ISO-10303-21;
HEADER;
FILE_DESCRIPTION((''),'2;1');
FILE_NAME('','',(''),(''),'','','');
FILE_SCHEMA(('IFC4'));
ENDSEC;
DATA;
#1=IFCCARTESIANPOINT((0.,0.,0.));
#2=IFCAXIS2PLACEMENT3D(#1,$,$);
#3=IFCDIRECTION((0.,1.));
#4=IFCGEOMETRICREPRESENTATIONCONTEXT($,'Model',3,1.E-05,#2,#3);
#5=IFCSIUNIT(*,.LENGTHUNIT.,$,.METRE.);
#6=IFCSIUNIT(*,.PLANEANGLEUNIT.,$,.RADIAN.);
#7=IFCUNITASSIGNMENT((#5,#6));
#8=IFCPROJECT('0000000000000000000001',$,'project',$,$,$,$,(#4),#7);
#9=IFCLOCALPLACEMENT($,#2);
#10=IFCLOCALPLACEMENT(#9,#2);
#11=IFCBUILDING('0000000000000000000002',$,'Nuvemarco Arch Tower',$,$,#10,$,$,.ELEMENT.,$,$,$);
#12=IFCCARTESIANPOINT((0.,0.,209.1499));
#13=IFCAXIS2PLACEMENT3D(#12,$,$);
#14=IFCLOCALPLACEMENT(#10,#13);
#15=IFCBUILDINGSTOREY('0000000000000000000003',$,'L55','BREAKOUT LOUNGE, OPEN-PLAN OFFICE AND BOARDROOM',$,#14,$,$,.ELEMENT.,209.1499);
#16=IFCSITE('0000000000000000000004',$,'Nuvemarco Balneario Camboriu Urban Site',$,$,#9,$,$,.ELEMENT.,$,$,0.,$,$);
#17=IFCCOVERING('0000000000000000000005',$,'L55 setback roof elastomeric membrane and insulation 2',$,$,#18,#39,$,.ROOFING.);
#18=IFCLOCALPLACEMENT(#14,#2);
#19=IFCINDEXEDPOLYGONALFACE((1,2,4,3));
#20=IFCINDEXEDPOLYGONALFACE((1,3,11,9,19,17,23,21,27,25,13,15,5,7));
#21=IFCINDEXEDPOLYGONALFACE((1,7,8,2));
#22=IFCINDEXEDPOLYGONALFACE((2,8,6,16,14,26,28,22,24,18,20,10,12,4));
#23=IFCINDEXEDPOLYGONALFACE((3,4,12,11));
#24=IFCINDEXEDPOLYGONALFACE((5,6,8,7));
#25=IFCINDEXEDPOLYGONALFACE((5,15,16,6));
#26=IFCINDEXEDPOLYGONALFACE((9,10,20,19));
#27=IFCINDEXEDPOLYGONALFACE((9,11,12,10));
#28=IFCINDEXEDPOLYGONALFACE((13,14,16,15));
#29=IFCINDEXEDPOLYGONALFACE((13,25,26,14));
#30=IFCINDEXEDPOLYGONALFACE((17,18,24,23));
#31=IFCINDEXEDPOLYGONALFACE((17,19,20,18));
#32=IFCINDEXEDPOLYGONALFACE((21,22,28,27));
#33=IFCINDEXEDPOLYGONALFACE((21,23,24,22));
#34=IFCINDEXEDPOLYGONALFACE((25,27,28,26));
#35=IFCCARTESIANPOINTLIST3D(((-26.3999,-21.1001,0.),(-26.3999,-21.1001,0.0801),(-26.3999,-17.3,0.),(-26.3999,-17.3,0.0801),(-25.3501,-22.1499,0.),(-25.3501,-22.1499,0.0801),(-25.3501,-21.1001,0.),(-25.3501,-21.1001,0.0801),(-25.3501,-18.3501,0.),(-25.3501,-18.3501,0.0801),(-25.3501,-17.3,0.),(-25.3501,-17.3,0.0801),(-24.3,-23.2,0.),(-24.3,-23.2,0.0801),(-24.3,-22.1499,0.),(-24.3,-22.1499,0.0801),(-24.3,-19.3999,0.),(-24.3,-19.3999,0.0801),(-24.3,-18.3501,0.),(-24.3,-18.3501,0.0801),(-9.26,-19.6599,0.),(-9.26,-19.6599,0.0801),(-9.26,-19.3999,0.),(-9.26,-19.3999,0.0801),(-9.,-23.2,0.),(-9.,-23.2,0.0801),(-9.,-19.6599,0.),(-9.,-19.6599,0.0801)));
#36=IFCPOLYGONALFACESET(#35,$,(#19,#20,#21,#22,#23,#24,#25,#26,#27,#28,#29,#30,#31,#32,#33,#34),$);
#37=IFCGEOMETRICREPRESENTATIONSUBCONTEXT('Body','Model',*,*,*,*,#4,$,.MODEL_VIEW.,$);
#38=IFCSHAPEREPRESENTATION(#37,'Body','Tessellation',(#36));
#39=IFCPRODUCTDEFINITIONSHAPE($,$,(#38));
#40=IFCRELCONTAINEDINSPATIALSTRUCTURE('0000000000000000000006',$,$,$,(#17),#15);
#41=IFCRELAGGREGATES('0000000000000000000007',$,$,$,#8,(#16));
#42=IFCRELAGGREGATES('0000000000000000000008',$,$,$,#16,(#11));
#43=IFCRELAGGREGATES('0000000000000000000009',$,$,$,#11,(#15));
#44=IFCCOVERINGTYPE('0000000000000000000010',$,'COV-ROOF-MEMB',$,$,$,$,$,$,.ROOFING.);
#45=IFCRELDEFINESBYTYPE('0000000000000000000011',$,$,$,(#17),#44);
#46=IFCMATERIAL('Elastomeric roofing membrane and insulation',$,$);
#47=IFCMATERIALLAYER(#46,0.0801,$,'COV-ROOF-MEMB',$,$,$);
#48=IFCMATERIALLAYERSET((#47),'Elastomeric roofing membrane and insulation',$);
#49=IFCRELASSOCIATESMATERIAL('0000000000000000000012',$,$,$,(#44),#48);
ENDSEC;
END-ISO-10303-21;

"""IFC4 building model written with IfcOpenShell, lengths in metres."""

from ifc_helpers import new_model, si_unit, direction, frame, origin, place, context, subcontext, project, spatial, polyline, outline, extrude, material, layer, layer_set, type_object, element, save


model = new_model("IFC4")

# Units and contexts
model_context = context("Model", 3, precision=1e-05, world=origin(), true_north=direction((0.0, 1.0)))
body_context = subcontext(model_context, "Body", "Model", "MODEL_VIEW")
ifc_project = project(units=[si_unit("LENGTHUNIT", "METRE"), si_unit("PLANEANGLEUNIT", "RADIAN")], contexts=[model_context])

# Site, building, storey
site_placement = place(None, origin())
site = spatial("IfcSite", under=ifc_project, at=site_placement, Name="Nuvemarco Balneario Camboriu Urban Site", CompositionType="ELEMENT", RefElevation=0.0)
building_placement = place(site_placement, origin())
building = spatial("IfcBuilding", under=site, at=building_placement, Name="Nuvemarco Arch Tower", CompositionType="ELEMENT")
storey_placement = place(building_placement, frame((0.0, 0.0, 209.1499)))
storey = spatial("IfcBuildingStorey", under=building, at=storey_placement, Name="L55", Description="BREAKOUT LOUNGE, OPEN-PLAN OFFICE AND BOARDROOM", CompositionType="ELEMENT", Elevation=209.1499)

# Covering
ifc_material_1 = material(Name="Elastomeric roofing membrane and insulation")
ifc_layer_1 = layer(ifc_material_1, 0.0801, Name="COV-ROOF-MEMB")
ifc_layer_set_1 = layer_set([ifc_layer_1], Name="Elastomeric roofing membrane and insulation")
covering_type_1 = type_object("IfcCoveringType", Name="COV-ROOF-MEMB", PredefinedType="ROOFING", material=ifc_layer_set_1)
covering_1_placement = place(storey_placement, origin())
element("IfcCovering", 1, at=covering_1_placement, inside=storey, type_object=covering_type_1, Name="L55 setback roof elastomeric membrane and insulation 2", PredefinedType="ROOFING", context=body_context, shape_type="SweptSolid", body=[
    extrude(outline(polyline([(-24.3, -23.2), (-24.3, -22.1499), (-25.3501, -22.1499), (-25.3501, -21.1001), (-26.3999, -21.1001), (-26.3999, -17.3), (-25.3501, -17.3), (-25.3501, -18.3501), (-24.3, -18.3501), (-24.3, -19.3999), (-9.26, -19.3999), (-9.26, -19.6599), (-9.0, -19.6599), (-9.0, -23.2), (-24.3, -23.2)])), origin(), (0.0, 0.0, 1.0), 0.0801),
])

save(model, "model.ifc")
